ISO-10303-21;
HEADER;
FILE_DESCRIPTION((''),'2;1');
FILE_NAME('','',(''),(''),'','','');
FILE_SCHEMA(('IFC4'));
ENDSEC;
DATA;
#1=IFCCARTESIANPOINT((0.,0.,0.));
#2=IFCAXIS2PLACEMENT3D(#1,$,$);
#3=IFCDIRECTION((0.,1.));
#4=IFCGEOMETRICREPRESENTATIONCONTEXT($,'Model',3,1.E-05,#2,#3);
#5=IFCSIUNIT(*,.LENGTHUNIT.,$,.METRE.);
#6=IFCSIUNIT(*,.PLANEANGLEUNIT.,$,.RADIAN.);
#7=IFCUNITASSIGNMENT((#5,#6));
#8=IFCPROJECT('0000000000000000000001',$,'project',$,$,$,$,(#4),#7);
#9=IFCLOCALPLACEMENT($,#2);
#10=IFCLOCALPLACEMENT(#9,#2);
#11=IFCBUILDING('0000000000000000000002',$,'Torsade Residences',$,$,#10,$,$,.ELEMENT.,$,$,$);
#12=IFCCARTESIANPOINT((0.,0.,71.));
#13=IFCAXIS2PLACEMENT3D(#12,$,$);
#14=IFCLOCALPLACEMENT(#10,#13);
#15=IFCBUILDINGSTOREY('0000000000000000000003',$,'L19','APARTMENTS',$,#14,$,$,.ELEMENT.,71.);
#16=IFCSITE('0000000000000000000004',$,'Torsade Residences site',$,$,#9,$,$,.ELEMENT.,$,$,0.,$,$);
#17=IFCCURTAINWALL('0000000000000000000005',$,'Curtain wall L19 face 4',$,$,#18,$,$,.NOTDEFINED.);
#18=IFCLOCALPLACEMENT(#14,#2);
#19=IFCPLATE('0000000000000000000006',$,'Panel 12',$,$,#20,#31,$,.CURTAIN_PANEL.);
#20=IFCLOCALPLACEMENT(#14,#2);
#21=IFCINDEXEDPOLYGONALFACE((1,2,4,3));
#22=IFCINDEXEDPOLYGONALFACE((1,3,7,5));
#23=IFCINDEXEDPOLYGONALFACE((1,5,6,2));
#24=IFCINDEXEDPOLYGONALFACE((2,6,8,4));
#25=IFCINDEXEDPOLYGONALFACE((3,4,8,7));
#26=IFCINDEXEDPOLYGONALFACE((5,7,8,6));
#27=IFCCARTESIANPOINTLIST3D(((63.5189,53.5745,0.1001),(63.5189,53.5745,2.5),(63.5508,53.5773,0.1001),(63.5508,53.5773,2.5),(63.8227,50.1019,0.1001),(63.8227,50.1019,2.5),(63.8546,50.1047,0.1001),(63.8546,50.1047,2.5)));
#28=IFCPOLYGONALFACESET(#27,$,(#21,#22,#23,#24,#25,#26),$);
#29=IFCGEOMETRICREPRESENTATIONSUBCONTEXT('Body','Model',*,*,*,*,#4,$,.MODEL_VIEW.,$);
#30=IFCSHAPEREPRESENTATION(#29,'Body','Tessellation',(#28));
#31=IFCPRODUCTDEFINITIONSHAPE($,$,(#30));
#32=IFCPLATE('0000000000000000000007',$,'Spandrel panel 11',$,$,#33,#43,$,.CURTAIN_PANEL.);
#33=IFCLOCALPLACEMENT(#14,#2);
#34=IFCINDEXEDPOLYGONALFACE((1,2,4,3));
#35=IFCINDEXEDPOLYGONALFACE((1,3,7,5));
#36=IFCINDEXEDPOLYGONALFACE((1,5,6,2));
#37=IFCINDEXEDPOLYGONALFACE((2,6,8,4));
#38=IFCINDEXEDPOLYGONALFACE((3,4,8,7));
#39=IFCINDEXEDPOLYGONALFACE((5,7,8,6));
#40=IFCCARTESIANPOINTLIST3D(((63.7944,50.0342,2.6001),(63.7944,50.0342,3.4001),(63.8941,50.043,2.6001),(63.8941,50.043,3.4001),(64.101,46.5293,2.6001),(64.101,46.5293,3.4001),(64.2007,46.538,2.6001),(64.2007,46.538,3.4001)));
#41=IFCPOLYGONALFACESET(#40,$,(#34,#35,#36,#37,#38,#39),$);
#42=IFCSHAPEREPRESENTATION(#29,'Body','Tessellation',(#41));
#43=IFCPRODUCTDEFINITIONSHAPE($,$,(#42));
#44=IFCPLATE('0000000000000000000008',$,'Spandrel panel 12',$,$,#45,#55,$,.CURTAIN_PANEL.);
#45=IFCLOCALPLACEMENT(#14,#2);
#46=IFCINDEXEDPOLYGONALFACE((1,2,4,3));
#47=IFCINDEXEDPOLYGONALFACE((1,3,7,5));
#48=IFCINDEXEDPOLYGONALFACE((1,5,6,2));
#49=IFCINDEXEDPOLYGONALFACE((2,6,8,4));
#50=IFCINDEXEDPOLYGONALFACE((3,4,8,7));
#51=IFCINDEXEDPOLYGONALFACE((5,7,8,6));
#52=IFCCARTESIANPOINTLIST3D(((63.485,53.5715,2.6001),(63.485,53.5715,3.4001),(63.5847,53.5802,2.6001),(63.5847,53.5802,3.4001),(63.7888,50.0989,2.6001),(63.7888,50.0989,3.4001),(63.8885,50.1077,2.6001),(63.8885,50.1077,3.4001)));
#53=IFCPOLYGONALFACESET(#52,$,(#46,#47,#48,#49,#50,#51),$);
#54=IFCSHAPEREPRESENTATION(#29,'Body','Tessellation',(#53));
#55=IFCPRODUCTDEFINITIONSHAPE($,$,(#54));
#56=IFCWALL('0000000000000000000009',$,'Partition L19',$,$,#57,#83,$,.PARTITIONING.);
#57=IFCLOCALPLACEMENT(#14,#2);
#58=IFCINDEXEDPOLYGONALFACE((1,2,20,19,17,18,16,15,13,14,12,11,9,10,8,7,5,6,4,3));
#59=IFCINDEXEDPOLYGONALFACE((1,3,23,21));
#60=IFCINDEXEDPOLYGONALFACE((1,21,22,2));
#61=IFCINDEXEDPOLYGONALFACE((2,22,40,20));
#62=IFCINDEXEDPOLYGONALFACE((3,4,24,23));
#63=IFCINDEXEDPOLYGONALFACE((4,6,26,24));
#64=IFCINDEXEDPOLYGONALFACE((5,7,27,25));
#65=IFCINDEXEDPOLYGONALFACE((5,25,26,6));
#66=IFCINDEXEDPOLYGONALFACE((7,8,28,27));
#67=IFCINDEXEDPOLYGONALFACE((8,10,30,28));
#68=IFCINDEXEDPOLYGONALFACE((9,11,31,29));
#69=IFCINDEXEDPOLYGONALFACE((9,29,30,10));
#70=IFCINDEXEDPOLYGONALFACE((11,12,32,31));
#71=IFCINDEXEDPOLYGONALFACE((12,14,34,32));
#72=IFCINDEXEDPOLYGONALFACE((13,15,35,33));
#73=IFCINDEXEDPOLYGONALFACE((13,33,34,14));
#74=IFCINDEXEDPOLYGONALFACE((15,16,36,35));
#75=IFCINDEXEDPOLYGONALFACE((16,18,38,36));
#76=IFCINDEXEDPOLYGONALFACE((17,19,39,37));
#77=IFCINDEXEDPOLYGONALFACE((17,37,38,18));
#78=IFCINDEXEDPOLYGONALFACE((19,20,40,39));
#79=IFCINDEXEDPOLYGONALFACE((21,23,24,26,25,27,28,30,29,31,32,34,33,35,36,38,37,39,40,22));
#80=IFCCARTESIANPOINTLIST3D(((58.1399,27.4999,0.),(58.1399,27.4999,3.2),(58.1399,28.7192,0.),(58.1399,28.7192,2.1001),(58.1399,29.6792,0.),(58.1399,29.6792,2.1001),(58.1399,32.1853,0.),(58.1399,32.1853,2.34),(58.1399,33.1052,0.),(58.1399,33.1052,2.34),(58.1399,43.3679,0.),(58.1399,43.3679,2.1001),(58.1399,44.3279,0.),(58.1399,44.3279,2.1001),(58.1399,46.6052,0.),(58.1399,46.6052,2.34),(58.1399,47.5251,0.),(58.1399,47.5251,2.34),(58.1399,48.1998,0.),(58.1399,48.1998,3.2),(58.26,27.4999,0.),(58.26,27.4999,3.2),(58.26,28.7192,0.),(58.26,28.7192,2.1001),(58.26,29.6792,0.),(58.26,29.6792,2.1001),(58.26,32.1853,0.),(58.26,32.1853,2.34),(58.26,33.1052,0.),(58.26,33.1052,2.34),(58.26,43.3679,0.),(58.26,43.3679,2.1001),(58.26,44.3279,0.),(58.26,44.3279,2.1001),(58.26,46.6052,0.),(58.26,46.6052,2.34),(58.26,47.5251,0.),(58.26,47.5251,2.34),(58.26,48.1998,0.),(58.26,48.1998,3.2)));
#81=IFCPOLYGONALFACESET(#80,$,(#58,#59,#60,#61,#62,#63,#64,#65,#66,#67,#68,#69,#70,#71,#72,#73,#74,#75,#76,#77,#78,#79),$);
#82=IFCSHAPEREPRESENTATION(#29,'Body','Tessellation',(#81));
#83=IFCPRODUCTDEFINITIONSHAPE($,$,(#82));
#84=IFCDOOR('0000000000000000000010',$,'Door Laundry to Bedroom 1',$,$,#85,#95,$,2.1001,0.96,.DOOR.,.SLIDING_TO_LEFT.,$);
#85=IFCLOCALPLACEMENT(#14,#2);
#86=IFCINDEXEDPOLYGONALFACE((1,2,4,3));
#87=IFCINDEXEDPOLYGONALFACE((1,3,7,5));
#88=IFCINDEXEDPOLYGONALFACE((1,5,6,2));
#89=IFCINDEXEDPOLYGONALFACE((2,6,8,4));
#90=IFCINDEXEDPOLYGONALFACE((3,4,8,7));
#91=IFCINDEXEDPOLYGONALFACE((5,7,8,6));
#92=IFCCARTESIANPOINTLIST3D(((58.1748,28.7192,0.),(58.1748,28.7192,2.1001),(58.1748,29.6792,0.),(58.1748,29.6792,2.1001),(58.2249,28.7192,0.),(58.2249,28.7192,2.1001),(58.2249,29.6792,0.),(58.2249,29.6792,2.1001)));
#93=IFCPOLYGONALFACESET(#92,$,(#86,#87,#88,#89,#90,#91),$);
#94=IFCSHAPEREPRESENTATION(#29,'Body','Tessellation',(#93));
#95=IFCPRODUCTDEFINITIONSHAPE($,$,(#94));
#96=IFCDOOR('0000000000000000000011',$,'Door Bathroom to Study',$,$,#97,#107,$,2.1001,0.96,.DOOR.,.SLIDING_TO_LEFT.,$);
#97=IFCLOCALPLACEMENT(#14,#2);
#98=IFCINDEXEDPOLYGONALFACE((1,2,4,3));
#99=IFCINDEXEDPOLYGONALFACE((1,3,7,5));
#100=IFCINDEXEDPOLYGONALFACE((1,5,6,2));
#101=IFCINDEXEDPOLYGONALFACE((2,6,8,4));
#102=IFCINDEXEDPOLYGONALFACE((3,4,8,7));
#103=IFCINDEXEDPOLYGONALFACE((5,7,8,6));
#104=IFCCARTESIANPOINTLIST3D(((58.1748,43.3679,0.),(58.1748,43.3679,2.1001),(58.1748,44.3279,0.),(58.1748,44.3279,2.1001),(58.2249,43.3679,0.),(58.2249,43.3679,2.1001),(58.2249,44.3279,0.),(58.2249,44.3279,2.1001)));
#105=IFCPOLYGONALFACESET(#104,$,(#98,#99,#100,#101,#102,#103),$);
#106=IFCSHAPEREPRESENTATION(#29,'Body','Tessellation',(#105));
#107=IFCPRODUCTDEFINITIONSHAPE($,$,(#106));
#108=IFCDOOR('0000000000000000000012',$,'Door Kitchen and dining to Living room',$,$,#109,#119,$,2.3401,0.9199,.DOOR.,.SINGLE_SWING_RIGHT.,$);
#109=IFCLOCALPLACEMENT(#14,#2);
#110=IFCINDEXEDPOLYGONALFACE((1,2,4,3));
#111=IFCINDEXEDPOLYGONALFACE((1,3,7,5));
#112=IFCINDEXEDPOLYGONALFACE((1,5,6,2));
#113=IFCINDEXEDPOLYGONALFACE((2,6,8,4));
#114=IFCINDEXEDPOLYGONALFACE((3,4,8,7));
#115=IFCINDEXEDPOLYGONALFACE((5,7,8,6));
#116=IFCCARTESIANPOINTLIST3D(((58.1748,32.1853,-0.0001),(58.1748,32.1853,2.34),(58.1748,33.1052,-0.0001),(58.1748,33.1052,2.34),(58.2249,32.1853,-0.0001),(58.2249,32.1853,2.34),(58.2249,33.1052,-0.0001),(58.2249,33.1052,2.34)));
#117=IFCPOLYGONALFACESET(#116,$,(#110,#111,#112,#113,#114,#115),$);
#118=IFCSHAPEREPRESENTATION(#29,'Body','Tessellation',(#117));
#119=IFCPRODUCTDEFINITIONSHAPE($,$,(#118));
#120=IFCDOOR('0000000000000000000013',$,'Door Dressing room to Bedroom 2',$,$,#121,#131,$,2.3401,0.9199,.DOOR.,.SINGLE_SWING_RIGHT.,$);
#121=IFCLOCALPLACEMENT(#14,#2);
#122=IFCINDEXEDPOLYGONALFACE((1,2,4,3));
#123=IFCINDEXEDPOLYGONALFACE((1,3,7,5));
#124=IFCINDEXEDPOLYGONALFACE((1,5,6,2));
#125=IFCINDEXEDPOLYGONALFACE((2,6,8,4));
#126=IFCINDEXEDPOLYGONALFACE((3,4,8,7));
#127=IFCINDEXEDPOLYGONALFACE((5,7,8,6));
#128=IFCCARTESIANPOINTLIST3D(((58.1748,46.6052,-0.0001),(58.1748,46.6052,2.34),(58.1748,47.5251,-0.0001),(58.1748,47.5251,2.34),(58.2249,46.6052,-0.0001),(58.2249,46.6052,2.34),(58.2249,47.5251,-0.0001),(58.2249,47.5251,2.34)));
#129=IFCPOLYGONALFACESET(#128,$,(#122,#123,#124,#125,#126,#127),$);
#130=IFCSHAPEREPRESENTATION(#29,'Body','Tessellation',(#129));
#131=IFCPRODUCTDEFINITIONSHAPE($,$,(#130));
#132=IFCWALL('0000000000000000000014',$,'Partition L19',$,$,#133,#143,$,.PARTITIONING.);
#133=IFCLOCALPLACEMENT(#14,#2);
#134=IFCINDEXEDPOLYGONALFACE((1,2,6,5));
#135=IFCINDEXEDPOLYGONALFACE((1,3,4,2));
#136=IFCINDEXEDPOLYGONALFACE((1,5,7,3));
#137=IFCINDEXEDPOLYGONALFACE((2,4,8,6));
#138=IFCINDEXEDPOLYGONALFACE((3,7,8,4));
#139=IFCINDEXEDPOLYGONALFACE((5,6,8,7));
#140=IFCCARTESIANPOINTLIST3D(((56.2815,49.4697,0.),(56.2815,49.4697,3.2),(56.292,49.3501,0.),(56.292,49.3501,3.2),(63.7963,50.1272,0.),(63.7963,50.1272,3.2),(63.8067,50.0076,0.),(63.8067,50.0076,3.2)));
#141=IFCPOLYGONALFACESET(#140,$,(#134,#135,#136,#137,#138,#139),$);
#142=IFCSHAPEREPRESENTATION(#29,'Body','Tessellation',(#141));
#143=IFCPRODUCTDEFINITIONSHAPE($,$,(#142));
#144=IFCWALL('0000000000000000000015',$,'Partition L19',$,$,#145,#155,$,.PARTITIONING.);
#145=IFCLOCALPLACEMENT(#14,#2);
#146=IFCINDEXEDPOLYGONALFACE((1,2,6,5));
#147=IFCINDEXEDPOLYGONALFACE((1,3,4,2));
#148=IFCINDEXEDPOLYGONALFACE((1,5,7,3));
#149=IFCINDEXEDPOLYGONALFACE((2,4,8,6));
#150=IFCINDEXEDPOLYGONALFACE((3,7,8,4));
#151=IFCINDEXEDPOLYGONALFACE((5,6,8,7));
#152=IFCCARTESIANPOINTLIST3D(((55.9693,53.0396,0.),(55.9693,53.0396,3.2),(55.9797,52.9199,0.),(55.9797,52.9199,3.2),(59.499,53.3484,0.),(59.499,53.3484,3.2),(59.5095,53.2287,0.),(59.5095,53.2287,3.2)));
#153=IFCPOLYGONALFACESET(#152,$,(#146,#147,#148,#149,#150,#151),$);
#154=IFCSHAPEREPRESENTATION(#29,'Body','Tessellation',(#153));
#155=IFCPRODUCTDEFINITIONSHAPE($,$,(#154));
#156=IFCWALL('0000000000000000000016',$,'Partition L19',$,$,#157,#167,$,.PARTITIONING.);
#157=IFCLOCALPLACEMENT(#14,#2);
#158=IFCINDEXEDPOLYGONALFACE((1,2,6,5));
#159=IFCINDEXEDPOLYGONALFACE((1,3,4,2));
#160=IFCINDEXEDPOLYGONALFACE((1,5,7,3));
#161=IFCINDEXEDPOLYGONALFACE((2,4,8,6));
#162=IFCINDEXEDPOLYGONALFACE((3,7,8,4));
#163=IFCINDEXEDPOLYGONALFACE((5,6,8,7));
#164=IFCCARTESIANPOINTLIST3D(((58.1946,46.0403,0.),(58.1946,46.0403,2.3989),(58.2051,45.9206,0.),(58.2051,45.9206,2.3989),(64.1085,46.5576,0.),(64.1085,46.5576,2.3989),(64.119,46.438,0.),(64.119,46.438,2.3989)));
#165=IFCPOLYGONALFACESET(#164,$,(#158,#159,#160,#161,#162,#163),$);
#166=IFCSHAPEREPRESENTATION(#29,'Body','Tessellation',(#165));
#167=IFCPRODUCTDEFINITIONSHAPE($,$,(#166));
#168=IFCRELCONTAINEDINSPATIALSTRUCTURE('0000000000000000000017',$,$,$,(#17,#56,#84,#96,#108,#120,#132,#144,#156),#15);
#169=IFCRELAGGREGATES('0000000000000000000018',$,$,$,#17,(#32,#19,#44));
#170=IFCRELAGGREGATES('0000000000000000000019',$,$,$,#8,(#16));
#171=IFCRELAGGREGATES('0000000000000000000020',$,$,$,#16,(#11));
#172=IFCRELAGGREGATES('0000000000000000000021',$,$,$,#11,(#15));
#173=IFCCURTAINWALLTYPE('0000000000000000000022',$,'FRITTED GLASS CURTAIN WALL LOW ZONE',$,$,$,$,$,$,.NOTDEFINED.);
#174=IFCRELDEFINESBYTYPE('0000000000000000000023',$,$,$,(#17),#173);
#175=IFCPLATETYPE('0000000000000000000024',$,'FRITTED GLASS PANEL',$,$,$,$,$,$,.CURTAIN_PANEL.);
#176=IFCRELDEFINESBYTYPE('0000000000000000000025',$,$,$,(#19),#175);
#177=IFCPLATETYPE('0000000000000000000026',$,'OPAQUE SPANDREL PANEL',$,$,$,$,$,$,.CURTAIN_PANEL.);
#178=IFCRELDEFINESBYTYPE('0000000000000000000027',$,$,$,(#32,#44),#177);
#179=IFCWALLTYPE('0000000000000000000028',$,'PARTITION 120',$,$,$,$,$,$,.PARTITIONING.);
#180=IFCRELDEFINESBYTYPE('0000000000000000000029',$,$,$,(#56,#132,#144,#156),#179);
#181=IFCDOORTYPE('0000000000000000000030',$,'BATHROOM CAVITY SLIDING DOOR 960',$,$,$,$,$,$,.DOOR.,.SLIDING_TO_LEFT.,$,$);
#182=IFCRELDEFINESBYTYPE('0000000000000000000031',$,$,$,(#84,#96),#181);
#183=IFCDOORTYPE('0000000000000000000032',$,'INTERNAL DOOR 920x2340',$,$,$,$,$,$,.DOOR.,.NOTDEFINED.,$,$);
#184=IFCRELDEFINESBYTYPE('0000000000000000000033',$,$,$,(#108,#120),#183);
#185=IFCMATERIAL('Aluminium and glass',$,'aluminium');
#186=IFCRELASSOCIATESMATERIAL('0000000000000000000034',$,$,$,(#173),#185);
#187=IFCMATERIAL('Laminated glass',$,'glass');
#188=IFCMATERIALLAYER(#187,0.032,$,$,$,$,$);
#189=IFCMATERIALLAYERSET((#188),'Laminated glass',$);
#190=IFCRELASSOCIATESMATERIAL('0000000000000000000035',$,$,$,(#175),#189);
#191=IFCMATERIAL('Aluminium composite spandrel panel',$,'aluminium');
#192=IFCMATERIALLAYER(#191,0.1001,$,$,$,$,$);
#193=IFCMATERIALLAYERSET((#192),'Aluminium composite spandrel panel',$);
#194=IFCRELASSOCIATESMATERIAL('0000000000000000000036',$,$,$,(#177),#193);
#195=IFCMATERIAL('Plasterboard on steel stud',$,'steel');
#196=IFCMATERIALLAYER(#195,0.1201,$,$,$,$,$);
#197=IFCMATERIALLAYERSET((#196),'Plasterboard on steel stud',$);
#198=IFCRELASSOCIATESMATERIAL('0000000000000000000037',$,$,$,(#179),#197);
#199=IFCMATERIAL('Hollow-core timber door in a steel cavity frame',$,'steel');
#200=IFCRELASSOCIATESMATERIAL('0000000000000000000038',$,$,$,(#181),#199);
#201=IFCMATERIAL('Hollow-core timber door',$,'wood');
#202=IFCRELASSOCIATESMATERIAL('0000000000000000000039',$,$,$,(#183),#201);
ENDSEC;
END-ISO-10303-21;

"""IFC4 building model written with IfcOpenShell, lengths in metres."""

from ifc_helpers import new_model, si_unit, direction, frame, frame_2d, origin, origin_2d, place, context, subcontext, project, spatial, rectangle, extrude, material, layer, layer_set, type_object, element, fill, aggregate, save


model = new_model("IFC4")

# Units and contexts
model_context = context("Model", 3, precision=1e-05, world=origin(), true_north=direction((0.0, 1.0)))
body_context = subcontext(model_context, "Body", "Model", "MODEL_VIEW")
ifc_project = project(units=[si_unit("LENGTHUNIT", "METRE"), si_unit("PLANEANGLEUNIT", "RADIAN")], contexts=[model_context])

# Site, building, storey
site_placement = place(None, origin())
site = spatial("IfcSite", under=ifc_project, at=site_placement, Name="Torsade Residences site", CompositionType="ELEMENT", RefElevation=0.0)
building_placement = place(site_placement, origin())
building = spatial("IfcBuilding", under=site, at=building_placement, Name="Torsade Residences", CompositionType="ELEMENT")
storey_placement = place(building_placement, frame((0.0, 0.0, 71.0)))
storey = spatial("IfcBuildingStorey", under=building, at=storey_placement, Name="L19", Description="APARTMENTS", CompositionType="ELEMENT", Elevation=71.0)

# Curtain wall
ifc_material_1 = material(Name="Aluminium and glass", Category="aluminium")
curtain_wall_type = type_object("IfcCurtainWallType", Name="FRITTED GLASS CURTAIN WALL LOW ZONE", PredefinedType="NOTDEFINED", material=ifc_material_1)
curtain_wall_placement = place(storey_placement, origin())
curtain_wall = element("IfcCurtainWall", 1, at=curtain_wall_placement, inside=storey, type_object=curtain_wall_type, Name="Curtain wall L19 face 4", PredefinedType="NOTDEFINED")

# Plates
ifc_material_2 = material(Name="Laminated glass", Category="glass")
ifc_layer_1 = layer(ifc_material_2, 0.032)
ifc_layer_set_1 = layer_set([ifc_layer_1], Name="Laminated glass")
plate_type_1 = type_object("IfcPlateType", Name="FRITTED GLASS PANEL", PredefinedType="CURTAIN_PANEL", material=ifc_layer_set_1)
plate_1_placement = place(storey_placement, frame((63.6868, 51.8396, 0.1001), z_axis=(0.0, 0.0, 1.0), x_axis=(-0.087156, 0.996195, 0.0)))
plate_1 = element("IfcPlate", 2, at=plate_1_placement, type_object=plate_type_1, Name="Panel 12", PredefinedType="CURTAIN_PANEL", context=body_context, shape_type="SweptSolid", body=[
    extrude(rectangle(XDim=3.4858, YDim=0.032, at=origin_2d()), origin(), (0.0, 0.0, 1.0), 2.3999),
])
ifc_material_3 = material(Name="Aluminium composite spandrel panel", Category="aluminium")
ifc_layer_2 = layer(ifc_material_3, 0.1001)
ifc_layer_set_2 = layer_set([ifc_layer_2], Name="Aluminium composite spandrel panel")
plate_type_2 = type_object("IfcPlateType", Name="OPAQUE SPANDREL PANEL", PredefinedType="CURTAIN_PANEL", material=ifc_layer_set_2)
plate_2_placement = place(storey_placement, frame((63.9976, 48.2861, 2.6001), z_axis=(0.0, 0.0, 1.0), x_axis=(-0.087156, 0.996195, 0.0)))
plate_2 = element("IfcPlate", 3, at=plate_2_placement, type_object=plate_type_2, Name="Spandrel panel 11", PredefinedType="CURTAIN_PANEL", context=body_context, shape_type="SweptSolid", body=[
    extrude(rectangle(XDim=3.5183, YDim=0.1001, at=origin_2d()), origin(), (0.0, 0.0, 1.0), 0.8),
])
plate_3_placement = place(storey_placement, frame((63.6868, 51.8396, 2.6001), z_axis=(0.0, 0.0, 1.0), x_axis=(-0.087156, 0.996195, 0.0)))
plate_3 = element("IfcPlate", 4, at=plate_3_placement, type_object=plate_type_2, Name="Spandrel panel 12", PredefinedType="CURTAIN_PANEL", context=body_context, shape_type="SweptSolid", body=[
    extrude(rectangle(XDim=3.4858, YDim=0.1001, at=origin_2d()), origin(), (0.0, 0.0, 1.0), 0.8),
])
aggregate(curtain_wall, [plate_2, plate_1, plate_3])

# Wall, openings, doors
ifc_material_4 = material(Name="Plasterboard on steel stud", Category="steel")
ifc_layer_3 = layer(ifc_material_4, 0.1201)
ifc_layer_set_3 = layer_set([ifc_layer_3], Name="Plasterboard on steel stud")
wall_type_1 = type_object("IfcWallType", Name="PARTITION 120", PredefinedType="PARTITIONING", material=ifc_layer_set_3)
wall_1_placement = place(storey_placement, frame((58.2, 48.2, 0.0), z_axis=(0.0, 0.0, 1.0), x_axis=(0.0, -1.0, 0.0)))
wall_1 = element("IfcWall", 5, at=wall_1_placement, inside=storey, type_object=wall_type_1, Name="Partition L19", PredefinedType="PARTITIONING", context=body_context, shape_type="SweptSolid", body=[
    extrude(rectangle(XDim=20.7, YDim=0.1201, at=frame_2d((10.3501, 0.0))), origin(), (0.0, 0.0, 1.0), 3.2),
])
opening_1_placement = place(wall_1_placement, frame((15.0947, 0.0, 0.0)))
opening_1 = element("IfcOpeningElement", 6, at=opening_1_placement, cuts=wall_1, PredefinedType="OPENING", context=body_context, shape_type="SweptSolid", body=[
    extrude(rectangle(XDim=0.9199, YDim=2.3401, at=frame_2d((0.46, 1.1699))), frame((0.0, 0.0701, 0.0), z_axis=(0.0, -1.0, 0.0), x_axis=(1.0, 0.0, 0.0)), (0.0, 0.0, 1.0), 0.1401),
])
opening_2_placement = place(wall_1_placement, frame((18.5208, 0.0, 0.0)))
opening_2 = element("IfcOpeningElement", 7, at=opening_2_placement, cuts=wall_1, PredefinedType="OPENING", context=body_context, shape_type="SweptSolid", body=[
    extrude(rectangle(XDim=0.96, YDim=2.1001, at=frame_2d((0.48, 1.05))), frame((0.0, 0.0701, 0.0), z_axis=(0.0, -1.0, 0.0), x_axis=(1.0, 0.0, 0.0)), (0.0, 0.0, 1.0), 0.1401),
])
opening_3_placement = place(wall_1_placement, frame((0.6748, 0.0, 0.0)))
opening_3 = element("IfcOpeningElement", 8, at=opening_3_placement, cuts=wall_1, PredefinedType="OPENING", context=body_context, shape_type="SweptSolid", body=[
    extrude(rectangle(XDim=0.9199, YDim=2.3401, at=frame_2d((0.46, 1.1699))), frame((0.0, 0.0701, 0.0), z_axis=(0.0, -1.0, 0.0), x_axis=(1.0, 0.0, 0.0)), (0.0, 0.0, 1.0), 0.1401),
])
opening_4_placement = place(wall_1_placement, frame((3.8721, 0.0, 0.0)))
opening_4 = element("IfcOpeningElement", 9, at=opening_4_placement, cuts=wall_1, PredefinedType="OPENING", context=body_context, shape_type="SweptSolid", body=[
    extrude(rectangle(XDim=0.96, YDim=2.1001, at=frame_2d((0.48, 1.05))), frame((0.0, 0.0701, 0.0), z_axis=(0.0, -1.0, 0.0), x_axis=(1.0, 0.0, 0.0)), (0.0, 0.0, 1.0), 0.1401),
])
ifc_material_5 = material(Name="Hollow-core timber door in a steel cavity frame", Category="steel")
door_type_1 = type_object("IfcDoorType", Name="BATHROOM CAVITY SLIDING DOOR 960", OperationType="SLIDING_TO_LEFT", PredefinedType="DOOR", material=ifc_material_5)
door_1_placement = place(opening_2_placement, origin())
door_1 = element("IfcDoor", 10, at=door_1_placement, inside=storey, type_object=door_type_1, Name="Door Laundry to Bedroom 1", OperationType="SLIDING_TO_LEFT", OverallHeight=2.1001, OverallWidth=0.96, PredefinedType="DOOR", context=body_context, shape_type="SweptSolid", body=[
    extrude(rectangle(XDim=0.96, YDim=2.1001, at=frame_2d((0.48, 1.05))), frame((0.0, 0.0249, 0.0), z_axis=(0.0, -1.0, 0.0), x_axis=(1.0, 0.0, 0.0)), (0.0, 0.0, 1.0), 0.05),
])
fill(opening_2, door_1)
door_2_placement = place(opening_4_placement, origin())
door_2 = element("IfcDoor", 11, at=door_2_placement, inside=storey, type_object=door_type_1, Name="Door Bathroom to Study", OperationType="SLIDING_TO_LEFT", OverallHeight=2.1001, OverallWidth=0.96, PredefinedType="DOOR", context=body_context, shape_type="SweptSolid", body=[
    extrude(rectangle(XDim=0.96, YDim=2.1001, at=frame_2d((0.48, 1.05))), frame((0.0, 0.0249, 0.0), z_axis=(0.0, -1.0, 0.0), x_axis=(1.0, 0.0, 0.0)), (0.0, 0.0, 1.0), 0.05),
])
fill(opening_4, door_2)
ifc_material_6 = material(Name="Hollow-core timber door", Category="wood")
door_type_2 = type_object("IfcDoorType", Name="INTERNAL DOOR 920x2340", OperationType="NOTDEFINED", PredefinedType="DOOR", material=ifc_material_6)
door_3_placement = place(opening_1_placement, origin())
door_3 = element("IfcDoor", 12, at=door_3_placement, inside=storey, type_object=door_type_2, Name="Door Kitchen and dining to Living room", OperationType="SINGLE_SWING_RIGHT", OverallHeight=2.3401, OverallWidth=0.9199, PredefinedType="DOOR", context=body_context, shape_type="SweptSolid", body=[
    extrude(rectangle(XDim=0.9199, YDim=2.3401, at=frame_2d((0.46, 1.1699))), frame((0.0, 0.0249, 0.0), z_axis=(0.0, -1.0, 0.0), x_axis=(1.0, 0.0, 0.0)), (0.0, 0.0, 1.0), 0.05),
])
fill(opening_1, door_3)
door_4_placement = place(opening_3_placement, origin())
door_4 = element("IfcDoor", 13, at=door_4_placement, inside=storey, type_object=door_type_2, Name="Door Dressing room to Bedroom 2", OperationType="SINGLE_SWING_RIGHT", OverallHeight=2.3401, OverallWidth=0.9199, PredefinedType="DOOR", context=body_context, shape_type="SweptSolid", body=[
    extrude(rectangle(XDim=0.9199, YDim=2.3401, at=frame_2d((0.46, 1.1699))), frame((0.0, 0.0249, 0.0), z_axis=(0.0, -1.0, 0.0), x_axis=(1.0, 0.0, 0.0)), (0.0, 0.0, 1.0), 0.05),
])
fill(opening_3, door_4)

# Walls
wall_2_placement = place(storey_placement, frame((63.8015, 50.0674, 0.0), z_axis=(0.0, 0.0, 1.0), x_axis=(-0.996194, -0.087159, 0.0)))
element("IfcWall", 14, at=wall_2_placement, inside=storey, type_object=wall_type_1, Name="Partition L19", PredefinedType="PARTITIONING", context=body_context, shape_type="SweptSolid", body=[
    extrude(rectangle(XDim=7.5435, YDim=0.1201, at=frame_2d((3.7717, 0.0))), origin(), (0.0, 0.0, 1.0), 3.2),
])
wall_3_placement = place(storey_placement, frame((55.9746, 52.9797, 0.0), z_axis=(0.0, 0.0, 1.0), x_axis=(0.996194, 0.087162, 0.0)))
element("IfcWall", 15, at=wall_3_placement, inside=storey, type_object=wall_type_1, Name="Partition L19", PredefinedType="PARTITIONING", context=body_context, shape_type="SweptSolid", body=[
    extrude(rectangle(XDim=3.5432, YDim=0.1201, at=frame_2d((1.7715, 0.0))), origin(), (0.0, 0.0, 1.0), 3.2),
])
wall_4_placement = place(storey_placement, frame((64.1138, 46.4978, 0.0), z_axis=(0.0, 0.0, 1.0), x_axis=(-0.996196, -0.087146, 0.0)))
element("IfcWall", 16, at=wall_4_placement, inside=storey, type_object=wall_type_1, Name="Partition L19", PredefinedType="PARTITIONING", context=body_context, shape_type="SweptSolid", body=[
    extrude(rectangle(XDim=5.9365, YDim=0.1201, at=frame_2d((2.9683, 0.0))), origin(), (0.0, 0.0, 1.0), 2.3989),
])

save(model, "model.ifc")
